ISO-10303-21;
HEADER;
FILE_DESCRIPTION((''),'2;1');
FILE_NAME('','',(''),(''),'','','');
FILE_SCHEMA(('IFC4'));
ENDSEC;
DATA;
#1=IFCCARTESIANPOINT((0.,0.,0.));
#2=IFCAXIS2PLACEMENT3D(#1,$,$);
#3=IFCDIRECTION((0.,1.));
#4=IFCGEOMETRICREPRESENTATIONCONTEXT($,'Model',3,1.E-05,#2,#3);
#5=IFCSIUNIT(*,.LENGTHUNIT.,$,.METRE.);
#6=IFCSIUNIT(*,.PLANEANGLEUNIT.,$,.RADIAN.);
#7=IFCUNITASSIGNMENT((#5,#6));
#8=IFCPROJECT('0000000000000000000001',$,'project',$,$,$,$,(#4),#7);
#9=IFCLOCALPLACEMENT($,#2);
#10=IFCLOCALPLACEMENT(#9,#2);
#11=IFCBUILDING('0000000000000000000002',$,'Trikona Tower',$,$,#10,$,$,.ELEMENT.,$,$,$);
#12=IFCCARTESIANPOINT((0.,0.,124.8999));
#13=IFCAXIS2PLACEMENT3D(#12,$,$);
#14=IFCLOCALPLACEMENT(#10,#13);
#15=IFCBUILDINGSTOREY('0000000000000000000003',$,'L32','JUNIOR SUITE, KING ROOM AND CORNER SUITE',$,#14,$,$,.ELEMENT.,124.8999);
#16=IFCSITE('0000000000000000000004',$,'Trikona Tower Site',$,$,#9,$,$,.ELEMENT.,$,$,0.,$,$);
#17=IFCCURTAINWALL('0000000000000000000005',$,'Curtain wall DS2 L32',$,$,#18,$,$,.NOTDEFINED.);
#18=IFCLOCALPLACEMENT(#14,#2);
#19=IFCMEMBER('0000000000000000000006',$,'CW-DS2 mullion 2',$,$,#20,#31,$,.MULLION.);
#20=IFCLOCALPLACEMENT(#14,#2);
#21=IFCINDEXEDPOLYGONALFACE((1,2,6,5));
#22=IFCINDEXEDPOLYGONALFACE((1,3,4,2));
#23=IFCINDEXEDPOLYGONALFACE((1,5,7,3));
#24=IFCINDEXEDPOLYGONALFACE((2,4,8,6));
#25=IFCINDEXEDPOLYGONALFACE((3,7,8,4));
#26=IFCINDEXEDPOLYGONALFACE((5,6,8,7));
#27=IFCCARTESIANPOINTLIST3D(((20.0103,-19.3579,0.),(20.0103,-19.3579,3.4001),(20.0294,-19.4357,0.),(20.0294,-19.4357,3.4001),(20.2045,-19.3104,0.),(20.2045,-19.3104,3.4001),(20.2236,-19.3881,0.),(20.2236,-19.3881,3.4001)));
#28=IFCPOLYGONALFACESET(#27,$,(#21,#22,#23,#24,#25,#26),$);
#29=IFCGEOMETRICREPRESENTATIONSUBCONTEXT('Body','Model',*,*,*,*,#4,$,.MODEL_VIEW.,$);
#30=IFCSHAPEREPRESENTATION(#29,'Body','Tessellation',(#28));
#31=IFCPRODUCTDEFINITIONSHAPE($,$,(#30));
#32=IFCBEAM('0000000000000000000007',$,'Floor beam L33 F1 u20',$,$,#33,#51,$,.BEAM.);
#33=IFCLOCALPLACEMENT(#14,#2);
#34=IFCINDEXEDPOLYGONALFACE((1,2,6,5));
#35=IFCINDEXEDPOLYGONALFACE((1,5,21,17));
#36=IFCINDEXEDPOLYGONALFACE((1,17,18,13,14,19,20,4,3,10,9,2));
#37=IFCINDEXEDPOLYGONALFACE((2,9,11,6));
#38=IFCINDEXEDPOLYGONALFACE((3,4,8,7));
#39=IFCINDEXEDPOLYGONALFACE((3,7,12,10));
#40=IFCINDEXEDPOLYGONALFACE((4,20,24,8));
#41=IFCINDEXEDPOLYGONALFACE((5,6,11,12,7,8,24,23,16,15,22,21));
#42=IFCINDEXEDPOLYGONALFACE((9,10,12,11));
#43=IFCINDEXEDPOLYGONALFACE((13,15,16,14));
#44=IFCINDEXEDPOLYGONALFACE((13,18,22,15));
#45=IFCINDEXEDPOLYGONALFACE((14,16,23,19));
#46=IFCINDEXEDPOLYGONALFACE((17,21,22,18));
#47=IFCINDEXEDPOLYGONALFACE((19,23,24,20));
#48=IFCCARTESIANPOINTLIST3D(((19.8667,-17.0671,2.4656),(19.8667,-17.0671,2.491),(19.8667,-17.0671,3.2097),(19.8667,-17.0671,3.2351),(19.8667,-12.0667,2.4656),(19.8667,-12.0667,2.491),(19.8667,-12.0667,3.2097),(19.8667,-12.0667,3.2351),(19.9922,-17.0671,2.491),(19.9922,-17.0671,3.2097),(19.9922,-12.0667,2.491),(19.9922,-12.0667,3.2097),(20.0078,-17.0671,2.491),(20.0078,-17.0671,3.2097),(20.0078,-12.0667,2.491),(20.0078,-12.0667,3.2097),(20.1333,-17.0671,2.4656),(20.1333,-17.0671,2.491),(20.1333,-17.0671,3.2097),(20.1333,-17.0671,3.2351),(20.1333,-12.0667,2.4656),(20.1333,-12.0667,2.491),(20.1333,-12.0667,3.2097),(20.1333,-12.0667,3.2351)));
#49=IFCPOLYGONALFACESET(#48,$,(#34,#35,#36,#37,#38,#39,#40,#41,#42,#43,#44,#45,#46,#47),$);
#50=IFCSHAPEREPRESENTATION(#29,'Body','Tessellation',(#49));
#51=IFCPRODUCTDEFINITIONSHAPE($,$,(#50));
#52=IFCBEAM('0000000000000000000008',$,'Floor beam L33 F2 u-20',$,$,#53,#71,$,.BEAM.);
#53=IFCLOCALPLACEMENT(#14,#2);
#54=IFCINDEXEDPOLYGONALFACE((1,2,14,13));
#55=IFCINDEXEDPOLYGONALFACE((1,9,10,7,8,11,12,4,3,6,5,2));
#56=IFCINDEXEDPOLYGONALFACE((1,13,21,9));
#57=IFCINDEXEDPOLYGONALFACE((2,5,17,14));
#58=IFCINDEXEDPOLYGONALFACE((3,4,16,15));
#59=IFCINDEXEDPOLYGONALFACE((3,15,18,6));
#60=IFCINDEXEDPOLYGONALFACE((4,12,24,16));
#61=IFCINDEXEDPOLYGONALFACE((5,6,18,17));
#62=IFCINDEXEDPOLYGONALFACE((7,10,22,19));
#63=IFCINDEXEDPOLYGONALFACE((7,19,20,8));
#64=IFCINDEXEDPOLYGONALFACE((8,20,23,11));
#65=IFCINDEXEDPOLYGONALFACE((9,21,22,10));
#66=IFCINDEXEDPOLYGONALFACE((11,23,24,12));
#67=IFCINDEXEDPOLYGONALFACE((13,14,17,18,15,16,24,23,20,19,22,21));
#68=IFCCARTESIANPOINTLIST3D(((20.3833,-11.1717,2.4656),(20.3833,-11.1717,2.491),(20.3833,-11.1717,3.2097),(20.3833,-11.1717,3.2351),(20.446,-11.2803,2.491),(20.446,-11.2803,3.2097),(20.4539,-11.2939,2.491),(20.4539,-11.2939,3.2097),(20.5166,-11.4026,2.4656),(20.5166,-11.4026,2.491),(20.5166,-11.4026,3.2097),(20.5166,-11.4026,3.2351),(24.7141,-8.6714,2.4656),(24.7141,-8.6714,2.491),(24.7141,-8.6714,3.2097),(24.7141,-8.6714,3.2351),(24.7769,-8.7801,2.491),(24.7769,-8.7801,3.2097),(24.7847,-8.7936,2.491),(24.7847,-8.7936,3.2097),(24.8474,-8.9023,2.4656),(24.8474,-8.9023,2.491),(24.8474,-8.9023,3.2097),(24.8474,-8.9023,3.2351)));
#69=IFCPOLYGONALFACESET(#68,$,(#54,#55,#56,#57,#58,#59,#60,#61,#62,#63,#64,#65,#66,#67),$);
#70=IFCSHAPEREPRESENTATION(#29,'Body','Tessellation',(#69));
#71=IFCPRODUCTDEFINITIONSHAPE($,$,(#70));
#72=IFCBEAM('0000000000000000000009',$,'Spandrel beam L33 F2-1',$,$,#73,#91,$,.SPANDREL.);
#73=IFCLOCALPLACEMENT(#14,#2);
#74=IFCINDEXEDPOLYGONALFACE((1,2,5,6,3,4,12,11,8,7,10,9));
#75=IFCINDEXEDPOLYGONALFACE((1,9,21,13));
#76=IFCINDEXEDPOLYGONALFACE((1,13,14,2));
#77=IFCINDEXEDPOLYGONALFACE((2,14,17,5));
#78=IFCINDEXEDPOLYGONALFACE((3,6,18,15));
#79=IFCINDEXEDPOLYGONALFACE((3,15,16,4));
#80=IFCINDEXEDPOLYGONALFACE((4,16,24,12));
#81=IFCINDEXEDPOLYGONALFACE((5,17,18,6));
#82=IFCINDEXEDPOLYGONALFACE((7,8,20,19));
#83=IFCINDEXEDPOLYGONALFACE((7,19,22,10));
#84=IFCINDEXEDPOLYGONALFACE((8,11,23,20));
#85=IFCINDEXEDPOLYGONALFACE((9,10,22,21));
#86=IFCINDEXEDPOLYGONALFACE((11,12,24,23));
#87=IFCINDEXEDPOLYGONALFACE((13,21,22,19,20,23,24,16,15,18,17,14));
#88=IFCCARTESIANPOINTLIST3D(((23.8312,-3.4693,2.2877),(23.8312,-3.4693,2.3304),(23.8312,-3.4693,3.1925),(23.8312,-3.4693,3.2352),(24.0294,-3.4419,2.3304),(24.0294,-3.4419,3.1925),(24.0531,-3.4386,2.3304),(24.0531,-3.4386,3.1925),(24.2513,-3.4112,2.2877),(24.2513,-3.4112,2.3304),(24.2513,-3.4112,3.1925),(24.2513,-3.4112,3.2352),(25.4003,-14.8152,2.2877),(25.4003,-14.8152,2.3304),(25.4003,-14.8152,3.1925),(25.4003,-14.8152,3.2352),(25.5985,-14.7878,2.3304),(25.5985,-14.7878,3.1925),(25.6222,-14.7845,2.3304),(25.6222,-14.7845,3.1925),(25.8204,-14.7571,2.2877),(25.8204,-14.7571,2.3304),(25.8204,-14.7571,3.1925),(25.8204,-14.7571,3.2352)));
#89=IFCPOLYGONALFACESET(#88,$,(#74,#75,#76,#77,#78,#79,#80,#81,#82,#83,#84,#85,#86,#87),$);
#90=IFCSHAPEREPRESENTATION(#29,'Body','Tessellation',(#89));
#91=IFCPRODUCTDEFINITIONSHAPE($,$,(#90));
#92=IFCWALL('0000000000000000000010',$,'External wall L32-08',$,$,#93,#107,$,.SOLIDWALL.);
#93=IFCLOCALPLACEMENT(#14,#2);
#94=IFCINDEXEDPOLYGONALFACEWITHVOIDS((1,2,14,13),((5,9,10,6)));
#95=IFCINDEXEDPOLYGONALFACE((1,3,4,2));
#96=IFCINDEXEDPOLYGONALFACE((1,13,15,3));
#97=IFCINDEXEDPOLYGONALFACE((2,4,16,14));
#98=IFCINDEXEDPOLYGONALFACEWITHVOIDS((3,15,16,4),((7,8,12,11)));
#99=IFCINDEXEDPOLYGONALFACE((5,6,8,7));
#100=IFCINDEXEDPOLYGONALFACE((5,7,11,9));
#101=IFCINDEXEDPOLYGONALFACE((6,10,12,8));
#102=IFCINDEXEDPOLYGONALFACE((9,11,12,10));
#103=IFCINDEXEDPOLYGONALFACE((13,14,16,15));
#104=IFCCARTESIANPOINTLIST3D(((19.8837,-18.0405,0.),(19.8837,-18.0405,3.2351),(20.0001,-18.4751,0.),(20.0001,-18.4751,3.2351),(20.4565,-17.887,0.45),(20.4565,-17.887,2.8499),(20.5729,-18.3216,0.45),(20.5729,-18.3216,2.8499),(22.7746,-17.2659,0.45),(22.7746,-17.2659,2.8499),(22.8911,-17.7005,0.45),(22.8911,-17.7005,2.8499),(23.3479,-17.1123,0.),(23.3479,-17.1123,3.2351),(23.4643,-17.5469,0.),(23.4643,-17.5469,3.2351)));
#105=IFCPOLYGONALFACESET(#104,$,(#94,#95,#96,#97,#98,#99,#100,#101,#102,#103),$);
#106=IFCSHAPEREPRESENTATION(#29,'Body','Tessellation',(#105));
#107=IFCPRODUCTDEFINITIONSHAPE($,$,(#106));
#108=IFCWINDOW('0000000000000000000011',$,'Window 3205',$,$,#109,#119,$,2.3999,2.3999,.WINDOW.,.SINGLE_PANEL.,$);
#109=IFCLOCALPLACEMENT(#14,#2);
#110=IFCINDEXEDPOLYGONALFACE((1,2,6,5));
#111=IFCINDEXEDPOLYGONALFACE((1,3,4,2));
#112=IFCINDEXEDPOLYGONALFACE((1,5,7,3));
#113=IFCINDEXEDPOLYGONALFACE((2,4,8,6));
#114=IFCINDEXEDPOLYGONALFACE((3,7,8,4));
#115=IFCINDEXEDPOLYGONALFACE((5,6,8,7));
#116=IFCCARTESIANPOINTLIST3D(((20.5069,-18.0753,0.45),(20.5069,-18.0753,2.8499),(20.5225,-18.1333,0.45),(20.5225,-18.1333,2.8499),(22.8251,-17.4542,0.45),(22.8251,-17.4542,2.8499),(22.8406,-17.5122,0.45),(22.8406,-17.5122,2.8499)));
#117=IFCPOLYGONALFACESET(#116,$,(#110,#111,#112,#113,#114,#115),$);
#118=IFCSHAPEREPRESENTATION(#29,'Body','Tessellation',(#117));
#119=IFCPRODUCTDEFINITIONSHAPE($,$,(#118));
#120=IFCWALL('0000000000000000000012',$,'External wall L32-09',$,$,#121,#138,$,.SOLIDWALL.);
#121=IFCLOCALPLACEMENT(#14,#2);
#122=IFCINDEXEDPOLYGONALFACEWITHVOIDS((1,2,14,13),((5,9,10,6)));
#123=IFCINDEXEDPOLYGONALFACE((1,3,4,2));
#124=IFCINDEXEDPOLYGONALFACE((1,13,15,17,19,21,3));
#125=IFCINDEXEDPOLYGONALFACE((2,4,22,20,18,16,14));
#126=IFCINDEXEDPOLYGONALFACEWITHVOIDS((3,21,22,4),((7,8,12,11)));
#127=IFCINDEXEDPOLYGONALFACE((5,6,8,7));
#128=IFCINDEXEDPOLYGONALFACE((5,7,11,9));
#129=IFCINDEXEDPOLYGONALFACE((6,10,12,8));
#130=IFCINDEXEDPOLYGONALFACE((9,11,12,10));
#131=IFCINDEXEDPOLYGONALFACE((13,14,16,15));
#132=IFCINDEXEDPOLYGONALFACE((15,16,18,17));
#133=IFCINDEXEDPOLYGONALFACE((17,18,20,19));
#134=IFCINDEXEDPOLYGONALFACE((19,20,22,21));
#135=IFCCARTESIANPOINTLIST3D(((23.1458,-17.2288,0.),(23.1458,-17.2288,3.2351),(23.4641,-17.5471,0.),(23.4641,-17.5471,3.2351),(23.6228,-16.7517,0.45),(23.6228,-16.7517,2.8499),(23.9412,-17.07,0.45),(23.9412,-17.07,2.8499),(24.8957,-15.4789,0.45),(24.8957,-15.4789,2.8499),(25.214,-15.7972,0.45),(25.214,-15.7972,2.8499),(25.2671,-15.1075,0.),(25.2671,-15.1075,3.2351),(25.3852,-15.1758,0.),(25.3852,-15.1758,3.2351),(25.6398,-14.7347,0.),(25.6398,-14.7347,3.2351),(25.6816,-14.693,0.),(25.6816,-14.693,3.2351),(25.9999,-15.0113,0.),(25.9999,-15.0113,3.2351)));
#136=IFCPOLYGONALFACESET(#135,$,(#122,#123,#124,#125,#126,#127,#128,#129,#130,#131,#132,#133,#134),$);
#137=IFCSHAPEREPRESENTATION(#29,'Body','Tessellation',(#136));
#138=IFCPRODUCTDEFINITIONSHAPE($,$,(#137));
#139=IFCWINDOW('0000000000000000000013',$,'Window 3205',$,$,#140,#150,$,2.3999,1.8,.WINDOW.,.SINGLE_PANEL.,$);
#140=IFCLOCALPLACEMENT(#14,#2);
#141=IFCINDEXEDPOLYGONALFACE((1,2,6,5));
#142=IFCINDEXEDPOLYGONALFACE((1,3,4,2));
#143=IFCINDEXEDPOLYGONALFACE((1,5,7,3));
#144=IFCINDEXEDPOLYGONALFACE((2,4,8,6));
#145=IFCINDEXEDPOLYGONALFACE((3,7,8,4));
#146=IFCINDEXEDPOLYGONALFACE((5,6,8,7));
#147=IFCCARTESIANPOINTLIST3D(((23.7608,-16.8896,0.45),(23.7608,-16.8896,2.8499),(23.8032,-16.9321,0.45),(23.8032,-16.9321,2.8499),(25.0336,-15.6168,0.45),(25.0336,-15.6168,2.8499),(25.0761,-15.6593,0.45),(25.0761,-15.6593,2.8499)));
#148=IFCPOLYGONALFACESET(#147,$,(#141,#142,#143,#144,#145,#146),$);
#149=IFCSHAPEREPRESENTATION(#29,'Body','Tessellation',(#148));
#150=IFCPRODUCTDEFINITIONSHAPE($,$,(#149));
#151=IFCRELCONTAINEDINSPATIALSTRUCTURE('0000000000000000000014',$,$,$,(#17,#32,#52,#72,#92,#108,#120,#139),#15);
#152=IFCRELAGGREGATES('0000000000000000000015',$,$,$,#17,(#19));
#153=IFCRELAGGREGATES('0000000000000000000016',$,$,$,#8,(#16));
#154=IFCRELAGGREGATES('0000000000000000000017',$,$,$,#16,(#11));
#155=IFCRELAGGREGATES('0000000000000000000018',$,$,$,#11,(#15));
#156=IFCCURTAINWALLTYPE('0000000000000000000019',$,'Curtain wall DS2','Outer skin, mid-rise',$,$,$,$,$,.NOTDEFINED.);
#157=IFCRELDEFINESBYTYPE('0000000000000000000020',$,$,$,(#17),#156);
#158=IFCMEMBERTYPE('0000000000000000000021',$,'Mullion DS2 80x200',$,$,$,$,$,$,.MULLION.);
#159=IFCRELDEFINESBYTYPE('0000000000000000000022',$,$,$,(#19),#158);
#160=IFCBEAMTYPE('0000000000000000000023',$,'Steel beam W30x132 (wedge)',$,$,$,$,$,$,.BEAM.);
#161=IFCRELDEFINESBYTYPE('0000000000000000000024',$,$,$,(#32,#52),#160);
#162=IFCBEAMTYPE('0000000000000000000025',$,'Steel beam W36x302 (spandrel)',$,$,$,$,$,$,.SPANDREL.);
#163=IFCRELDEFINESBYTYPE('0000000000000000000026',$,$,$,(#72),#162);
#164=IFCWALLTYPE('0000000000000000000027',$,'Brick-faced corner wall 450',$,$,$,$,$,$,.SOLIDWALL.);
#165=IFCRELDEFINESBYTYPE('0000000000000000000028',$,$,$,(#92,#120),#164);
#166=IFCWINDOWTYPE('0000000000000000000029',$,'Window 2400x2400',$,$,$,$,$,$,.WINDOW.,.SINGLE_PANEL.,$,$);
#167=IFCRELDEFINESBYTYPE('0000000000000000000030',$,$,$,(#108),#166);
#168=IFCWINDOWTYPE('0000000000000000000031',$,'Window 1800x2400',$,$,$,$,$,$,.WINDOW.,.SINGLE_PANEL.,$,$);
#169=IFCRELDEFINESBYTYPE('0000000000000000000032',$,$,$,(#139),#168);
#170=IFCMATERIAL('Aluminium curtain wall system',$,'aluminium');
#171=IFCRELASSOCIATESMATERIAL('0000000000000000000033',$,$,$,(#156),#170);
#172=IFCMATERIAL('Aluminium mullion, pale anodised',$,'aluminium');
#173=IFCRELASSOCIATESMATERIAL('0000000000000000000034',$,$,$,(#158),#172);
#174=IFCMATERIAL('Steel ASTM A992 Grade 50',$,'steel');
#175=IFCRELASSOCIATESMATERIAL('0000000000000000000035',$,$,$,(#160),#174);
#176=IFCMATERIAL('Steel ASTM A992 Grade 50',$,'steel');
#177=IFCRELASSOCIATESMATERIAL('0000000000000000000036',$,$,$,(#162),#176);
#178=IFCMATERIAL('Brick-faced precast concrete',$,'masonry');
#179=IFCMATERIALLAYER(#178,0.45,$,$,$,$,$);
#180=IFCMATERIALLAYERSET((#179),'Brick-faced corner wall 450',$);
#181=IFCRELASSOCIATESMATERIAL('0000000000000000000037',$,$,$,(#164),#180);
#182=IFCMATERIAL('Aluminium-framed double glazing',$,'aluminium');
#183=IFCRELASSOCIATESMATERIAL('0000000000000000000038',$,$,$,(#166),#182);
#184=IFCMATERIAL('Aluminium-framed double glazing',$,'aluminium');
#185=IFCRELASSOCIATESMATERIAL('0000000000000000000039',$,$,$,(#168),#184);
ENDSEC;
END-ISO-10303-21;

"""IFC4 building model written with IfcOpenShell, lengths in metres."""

from ifc_helpers import new_model, si_unit, direction, frame, frame_2d, origin, origin_2d, place, context, subcontext, project, spatial, polyline, rectangle, i_section, outline, extrude, material, layer, layer_set, material_profile, profile_set, type_object, element, fill, aggregate, save


model = new_model("IFC4")

# Units and contexts
model_context = context("Model", 3, precision=1e-05, world=origin(), true_north=direction((0.0, 1.0)))
body_context = subcontext(model_context, "Body", "Model", "MODEL_VIEW")
ifc_project = project(units=[si_unit("LENGTHUNIT", "METRE"), si_unit("PLANEANGLEUNIT", "RADIAN")], contexts=[model_context])

# Site, building, storey
site_placement = place(None, origin())
site = spatial("IfcSite", under=ifc_project, at=site_placement, Name="Trikona Tower Site", CompositionType="ELEMENT", RefElevation=0.0)
building_placement = place(site_placement, origin())
building = spatial("IfcBuilding", under=site, at=building_placement, Name="Trikona Tower", CompositionType="ELEMENT")
storey_placement = place(building_placement, frame((0.0, 0.0, 124.8999)))
storey = spatial("IfcBuildingStorey", under=building, at=storey_placement, Name="L32", Description="JUNIOR SUITE, KING ROOM AND CORNER SUITE", CompositionType="ELEMENT", Elevation=124.8999)

# Curtain wall, member
ifc_material_1 = material(Name="Aluminium curtain wall system", Category="aluminium")
curtain_wall_type = type_object("IfcCurtainWallType", Name="Curtain wall DS2", Description="Outer skin, mid-rise", PredefinedType="NOTDEFINED", material=ifc_material_1)
curtain_wall_placement = place(storey_placement, origin())
curtain_wall = element("IfcCurtainWall", 1, at=curtain_wall_placement, inside=storey, type_object=curtain_wall_type, Name="Curtain wall DS2 L32", PredefinedType="NOTDEFINED")
ifc_material_2 = material(Name="Aluminium mullion, pale anodised", Category="aluminium")
ifc_material_profile_1 = material_profile(ifc_material_2, rectangle(XDim=0.0801, YDim=0.2, at=origin_2d()), Name="MUL-DS2")
ifc_profile_set_1 = profile_set([ifc_material_profile_1], Name="Aluminium mullion, pale anodised")
member_type = type_object("IfcMemberType", Name="Mullion DS2 80x200", PredefinedType="MULLION", material=ifc_profile_set_1)
member_placement = place(storey_placement, frame((20.1169, -19.373, 0.0), z_axis=(0.0, 0.0, 1.0), x_axis=(-0.23797, 0.971272, 0.0)))
member = element("IfcMember", 2, at=member_placement, type_object=member_type, Name="CW-DS2 mullion 2", PredefinedType="MULLION", context=body_context, shape_type="SweptSolid", body=[
    extrude(rectangle(XDim=0.0801, YDim=0.2, at=origin_2d()), origin(), (0.0, 0.0, 1.0), 3.4001),
])
aggregate(curtain_wall, [member])

# Beams
ifc_material_3 = material(Name="Steel ASTM A992 Grade 50", Category="steel")
ifc_material_profile_2 = material_profile(ifc_material_3, i_section(OverallWidth=0.2666, OverallDepth=0.7695, WebThickness=0.0156, FlangeThickness=0.0254, at=origin_2d()), Name="W30X132")
ifc_profile_set_2 = profile_set([ifc_material_profile_2], Name="Steel ASTM A992 Grade 50")
beam_type_1 = type_object("IfcBeamType", Name="Steel beam W30x132 (wedge)", PredefinedType="BEAM", material=ifc_profile_set_2)
beam_1_placement = place(storey_placement, frame((20.0, -12.0667, 2.8503), z_axis=(0.0, -1.0, 0.0), x_axis=(1.0, 0.0, 0.0)))
element("IfcBeam", 3, at=beam_1_placement, inside=storey, type_object=beam_type_1, Name="Floor beam L33 F1 u20", PredefinedType="BEAM", context=body_context, shape_type="SweptSolid", body=[
    extrude(i_section(OverallWidth=0.2666, OverallDepth=0.7695, WebThickness=0.0156, FlangeThickness=0.0254, at=origin_2d()), origin(), (0.0, 0.0, 1.0), 5.0005),
])
beam_2_placement = place(storey_placement, frame((20.45, -11.2871, 2.8503), z_axis=(0.866038, 0.499977, 0.0), x_axis=(-0.499977, 0.866038, 0.0)))
element("IfcBeam", 4, at=beam_2_placement, inside=storey, type_object=beam_type_1, Name="Floor beam L33 F2 u-20", PredefinedType="BEAM", context=body_context, shape_type="SweptSolid", body=[
    extrude(i_section(OverallWidth=0.2666, OverallDepth=0.7695, WebThickness=0.0156, FlangeThickness=0.0254, at=origin_2d()), origin(), (0.0, 0.0, 1.0), 5.0007),
])
ifc_material_4 = material(Name="Steel ASTM A992 Grade 50", Category="steel")
ifc_material_profile_3 = material_profile(ifc_material_4, i_section(OverallWidth=0.4241, OverallDepth=0.9475, WebThickness=0.0239, FlangeThickness=0.0427, at=origin_2d()), Name="W36X302")
ifc_profile_set_3 = profile_set([ifc_material_profile_3], Name="Steel ASTM A992 Grade 50")
beam_type_2 = type_object("IfcBeamType", Name="Steel beam W36x302 (spandrel)", PredefinedType="SPANDREL", material=ifc_profile_set_3)
beam_3_placement = place(storey_placement, frame((25.6104, -14.7861, 2.7615), z_axis=(-0.136992, 0.990572, 0.0), x_axis=(-0.990572, -0.136992, 0.0)))
element("IfcBeam", 5, at=beam_3_placement, inside=storey, type_object=beam_type_2, Name="Spandrel beam L33 F2-1", PredefinedType="SPANDREL", context=body_context, shape_type="SweptSolid", body=[
    extrude(i_section(OverallWidth=0.4241, OverallDepth=0.9475, WebThickness=0.0239, FlangeThickness=0.0427, at=origin_2d()), origin(), (0.0, 0.0, 1.0), 11.4539),
])

# Walls, openings, windows
ifc_material_5 = material(Name="Brick-faced precast concrete", Category="masonry")
ifc_layer_1 = layer(ifc_material_5, 0.45)
ifc_layer_set_1 = layer_set([ifc_layer_1], Name="Brick-faced corner wall 450")
wall_type_1 = type_object("IfcWallType", Name="Brick-faced corner wall 450", PredefinedType="SOLIDWALL", material=ifc_layer_set_1)
wall_1_placement = place(storey_placement, frame((19.9419, -18.2578, 0.0), z_axis=(0.0, 0.0, 1.0), x_axis=(0.965925, 0.258823, 0.0)))
wall_1 = element("IfcWall", 6, at=wall_1_placement, inside=storey, type_object=wall_type_1, Name="External wall L32-08", PredefinedType="SOLIDWALL", context=body_context, shape_type="SweptSolid", body=[
    extrude(rectangle(XDim=3.5864, YDim=0.45, at=frame_2d((1.7932, 0.0))), origin(), (0.0, 0.0, 1.0), 3.2351),
])
opening_1_placement = place(wall_1_placement, frame((0.593, 0.0, 0.45)))
opening_1 = element("IfcOpeningElement", 7, at=opening_1_placement, cuts=wall_1, PredefinedType="OPENING", context=body_context, shape_type="SweptSolid", body=[
    extrude(rectangle(XDim=2.3999, YDim=2.3999, at=frame_2d((1.2, 1.2))), frame((0.0, 0.2349, 0.0), z_axis=(0.0, -1.0, 0.0), x_axis=(1.0, 0.0, 0.0)), (0.0, 0.0, 1.0), 0.47),
])
ifc_material_6 = material(Name="Aluminium-framed double glazing", Category="aluminium")
window_type_1 = type_object("IfcWindowType", Name="Window 2400x2400", PartitioningType="SINGLE_PANEL", PredefinedType="WINDOW", material=ifc_material_6)
window_1_placement = place(opening_1_placement, origin())
window_1 = element("IfcWindow", 8, at=window_1_placement, inside=storey, type_object=window_type_1, Name="Window 3205", OverallHeight=2.3999, OverallWidth=2.3999, PartitioningType="SINGLE_PANEL", PredefinedType="WINDOW", context=body_context, shape_type="SweptSolid", body=[
    extrude(rectangle(XDim=2.3999, YDim=2.3999, at=frame_2d((1.2, 1.2))), frame((0.0, 0.03, 0.0), z_axis=(0.0, -1.0, 0.0), x_axis=(1.0, 0.0, 0.0)), (0.0, 0.0, 1.0), 0.0601),
])
fill(opening_1, window_1)
wall_2_placement = place(storey_placement, frame((23.3049, -17.3879, 0.0), z_axis=(0.0, 0.0, 1.0), x_axis=(0.707107, 0.707107, 0.0)))
wall_2 = element("IfcWall", 9, at=wall_2_placement, inside=storey, type_object=wall_type_1, Name="External wall L32-09", PredefinedType="SOLIDWALL", context=body_context, shape_type="SweptSolid", body=[
    extrude(outline(polyline([(3.5862, 0.2251), (3.5271, 0.2251), (3.0352, 0.0933), (3.0, 0.2251), (0.0, 0.2251), (0.0, -0.2251), (3.5862, -0.2251), (3.5862, 0.2251)])), origin(), (0.0, 0.0, 1.0), 3.2351),
])
opening_2_placement = place(wall_2_placement, frame((0.6748, 0.0, 0.45)))
opening_2 = element("IfcOpeningElement", 10, at=opening_2_placement, cuts=wall_2, PredefinedType="OPENING", context=body_context, shape_type="SweptSolid", body=[
    extrude(rectangle(XDim=1.8, YDim=2.3999, at=frame_2d((0.8999, 1.2))), frame((0.0, 0.2349, 0.0), z_axis=(0.0, -1.0, 0.0), x_axis=(1.0, 0.0, 0.0)), (0.0, 0.0, 1.0), 0.47),
])
ifc_material_7 = material(Name="Aluminium-framed double glazing", Category="aluminium")
window_type_2 = type_object("IfcWindowType", Name="Window 1800x2400", PartitioningType="SINGLE_PANEL", PredefinedType="WINDOW", material=ifc_material_7)
window_2_placement = place(opening_2_placement, origin())
window_2 = element("IfcWindow", 11, at=window_2_placement, inside=storey, type_object=window_type_2, Name="Window 3205", OverallHeight=2.3999, OverallWidth=1.8, PartitioningType="SINGLE_PANEL", PredefinedType="WINDOW", context=body_context, shape_type="SweptSolid", body=[
    extrude(rectangle(XDim=1.8, YDim=2.3999, at=frame_2d((0.8999, 1.2))), frame((0.0, 0.03, 0.0), z_axis=(0.0, -1.0, 0.0), x_axis=(1.0, 0.0, 0.0)), (0.0, 0.0, 1.0), 0.0601),
])
fill(opening_2, window_2)

save(model, "model.ifc")
